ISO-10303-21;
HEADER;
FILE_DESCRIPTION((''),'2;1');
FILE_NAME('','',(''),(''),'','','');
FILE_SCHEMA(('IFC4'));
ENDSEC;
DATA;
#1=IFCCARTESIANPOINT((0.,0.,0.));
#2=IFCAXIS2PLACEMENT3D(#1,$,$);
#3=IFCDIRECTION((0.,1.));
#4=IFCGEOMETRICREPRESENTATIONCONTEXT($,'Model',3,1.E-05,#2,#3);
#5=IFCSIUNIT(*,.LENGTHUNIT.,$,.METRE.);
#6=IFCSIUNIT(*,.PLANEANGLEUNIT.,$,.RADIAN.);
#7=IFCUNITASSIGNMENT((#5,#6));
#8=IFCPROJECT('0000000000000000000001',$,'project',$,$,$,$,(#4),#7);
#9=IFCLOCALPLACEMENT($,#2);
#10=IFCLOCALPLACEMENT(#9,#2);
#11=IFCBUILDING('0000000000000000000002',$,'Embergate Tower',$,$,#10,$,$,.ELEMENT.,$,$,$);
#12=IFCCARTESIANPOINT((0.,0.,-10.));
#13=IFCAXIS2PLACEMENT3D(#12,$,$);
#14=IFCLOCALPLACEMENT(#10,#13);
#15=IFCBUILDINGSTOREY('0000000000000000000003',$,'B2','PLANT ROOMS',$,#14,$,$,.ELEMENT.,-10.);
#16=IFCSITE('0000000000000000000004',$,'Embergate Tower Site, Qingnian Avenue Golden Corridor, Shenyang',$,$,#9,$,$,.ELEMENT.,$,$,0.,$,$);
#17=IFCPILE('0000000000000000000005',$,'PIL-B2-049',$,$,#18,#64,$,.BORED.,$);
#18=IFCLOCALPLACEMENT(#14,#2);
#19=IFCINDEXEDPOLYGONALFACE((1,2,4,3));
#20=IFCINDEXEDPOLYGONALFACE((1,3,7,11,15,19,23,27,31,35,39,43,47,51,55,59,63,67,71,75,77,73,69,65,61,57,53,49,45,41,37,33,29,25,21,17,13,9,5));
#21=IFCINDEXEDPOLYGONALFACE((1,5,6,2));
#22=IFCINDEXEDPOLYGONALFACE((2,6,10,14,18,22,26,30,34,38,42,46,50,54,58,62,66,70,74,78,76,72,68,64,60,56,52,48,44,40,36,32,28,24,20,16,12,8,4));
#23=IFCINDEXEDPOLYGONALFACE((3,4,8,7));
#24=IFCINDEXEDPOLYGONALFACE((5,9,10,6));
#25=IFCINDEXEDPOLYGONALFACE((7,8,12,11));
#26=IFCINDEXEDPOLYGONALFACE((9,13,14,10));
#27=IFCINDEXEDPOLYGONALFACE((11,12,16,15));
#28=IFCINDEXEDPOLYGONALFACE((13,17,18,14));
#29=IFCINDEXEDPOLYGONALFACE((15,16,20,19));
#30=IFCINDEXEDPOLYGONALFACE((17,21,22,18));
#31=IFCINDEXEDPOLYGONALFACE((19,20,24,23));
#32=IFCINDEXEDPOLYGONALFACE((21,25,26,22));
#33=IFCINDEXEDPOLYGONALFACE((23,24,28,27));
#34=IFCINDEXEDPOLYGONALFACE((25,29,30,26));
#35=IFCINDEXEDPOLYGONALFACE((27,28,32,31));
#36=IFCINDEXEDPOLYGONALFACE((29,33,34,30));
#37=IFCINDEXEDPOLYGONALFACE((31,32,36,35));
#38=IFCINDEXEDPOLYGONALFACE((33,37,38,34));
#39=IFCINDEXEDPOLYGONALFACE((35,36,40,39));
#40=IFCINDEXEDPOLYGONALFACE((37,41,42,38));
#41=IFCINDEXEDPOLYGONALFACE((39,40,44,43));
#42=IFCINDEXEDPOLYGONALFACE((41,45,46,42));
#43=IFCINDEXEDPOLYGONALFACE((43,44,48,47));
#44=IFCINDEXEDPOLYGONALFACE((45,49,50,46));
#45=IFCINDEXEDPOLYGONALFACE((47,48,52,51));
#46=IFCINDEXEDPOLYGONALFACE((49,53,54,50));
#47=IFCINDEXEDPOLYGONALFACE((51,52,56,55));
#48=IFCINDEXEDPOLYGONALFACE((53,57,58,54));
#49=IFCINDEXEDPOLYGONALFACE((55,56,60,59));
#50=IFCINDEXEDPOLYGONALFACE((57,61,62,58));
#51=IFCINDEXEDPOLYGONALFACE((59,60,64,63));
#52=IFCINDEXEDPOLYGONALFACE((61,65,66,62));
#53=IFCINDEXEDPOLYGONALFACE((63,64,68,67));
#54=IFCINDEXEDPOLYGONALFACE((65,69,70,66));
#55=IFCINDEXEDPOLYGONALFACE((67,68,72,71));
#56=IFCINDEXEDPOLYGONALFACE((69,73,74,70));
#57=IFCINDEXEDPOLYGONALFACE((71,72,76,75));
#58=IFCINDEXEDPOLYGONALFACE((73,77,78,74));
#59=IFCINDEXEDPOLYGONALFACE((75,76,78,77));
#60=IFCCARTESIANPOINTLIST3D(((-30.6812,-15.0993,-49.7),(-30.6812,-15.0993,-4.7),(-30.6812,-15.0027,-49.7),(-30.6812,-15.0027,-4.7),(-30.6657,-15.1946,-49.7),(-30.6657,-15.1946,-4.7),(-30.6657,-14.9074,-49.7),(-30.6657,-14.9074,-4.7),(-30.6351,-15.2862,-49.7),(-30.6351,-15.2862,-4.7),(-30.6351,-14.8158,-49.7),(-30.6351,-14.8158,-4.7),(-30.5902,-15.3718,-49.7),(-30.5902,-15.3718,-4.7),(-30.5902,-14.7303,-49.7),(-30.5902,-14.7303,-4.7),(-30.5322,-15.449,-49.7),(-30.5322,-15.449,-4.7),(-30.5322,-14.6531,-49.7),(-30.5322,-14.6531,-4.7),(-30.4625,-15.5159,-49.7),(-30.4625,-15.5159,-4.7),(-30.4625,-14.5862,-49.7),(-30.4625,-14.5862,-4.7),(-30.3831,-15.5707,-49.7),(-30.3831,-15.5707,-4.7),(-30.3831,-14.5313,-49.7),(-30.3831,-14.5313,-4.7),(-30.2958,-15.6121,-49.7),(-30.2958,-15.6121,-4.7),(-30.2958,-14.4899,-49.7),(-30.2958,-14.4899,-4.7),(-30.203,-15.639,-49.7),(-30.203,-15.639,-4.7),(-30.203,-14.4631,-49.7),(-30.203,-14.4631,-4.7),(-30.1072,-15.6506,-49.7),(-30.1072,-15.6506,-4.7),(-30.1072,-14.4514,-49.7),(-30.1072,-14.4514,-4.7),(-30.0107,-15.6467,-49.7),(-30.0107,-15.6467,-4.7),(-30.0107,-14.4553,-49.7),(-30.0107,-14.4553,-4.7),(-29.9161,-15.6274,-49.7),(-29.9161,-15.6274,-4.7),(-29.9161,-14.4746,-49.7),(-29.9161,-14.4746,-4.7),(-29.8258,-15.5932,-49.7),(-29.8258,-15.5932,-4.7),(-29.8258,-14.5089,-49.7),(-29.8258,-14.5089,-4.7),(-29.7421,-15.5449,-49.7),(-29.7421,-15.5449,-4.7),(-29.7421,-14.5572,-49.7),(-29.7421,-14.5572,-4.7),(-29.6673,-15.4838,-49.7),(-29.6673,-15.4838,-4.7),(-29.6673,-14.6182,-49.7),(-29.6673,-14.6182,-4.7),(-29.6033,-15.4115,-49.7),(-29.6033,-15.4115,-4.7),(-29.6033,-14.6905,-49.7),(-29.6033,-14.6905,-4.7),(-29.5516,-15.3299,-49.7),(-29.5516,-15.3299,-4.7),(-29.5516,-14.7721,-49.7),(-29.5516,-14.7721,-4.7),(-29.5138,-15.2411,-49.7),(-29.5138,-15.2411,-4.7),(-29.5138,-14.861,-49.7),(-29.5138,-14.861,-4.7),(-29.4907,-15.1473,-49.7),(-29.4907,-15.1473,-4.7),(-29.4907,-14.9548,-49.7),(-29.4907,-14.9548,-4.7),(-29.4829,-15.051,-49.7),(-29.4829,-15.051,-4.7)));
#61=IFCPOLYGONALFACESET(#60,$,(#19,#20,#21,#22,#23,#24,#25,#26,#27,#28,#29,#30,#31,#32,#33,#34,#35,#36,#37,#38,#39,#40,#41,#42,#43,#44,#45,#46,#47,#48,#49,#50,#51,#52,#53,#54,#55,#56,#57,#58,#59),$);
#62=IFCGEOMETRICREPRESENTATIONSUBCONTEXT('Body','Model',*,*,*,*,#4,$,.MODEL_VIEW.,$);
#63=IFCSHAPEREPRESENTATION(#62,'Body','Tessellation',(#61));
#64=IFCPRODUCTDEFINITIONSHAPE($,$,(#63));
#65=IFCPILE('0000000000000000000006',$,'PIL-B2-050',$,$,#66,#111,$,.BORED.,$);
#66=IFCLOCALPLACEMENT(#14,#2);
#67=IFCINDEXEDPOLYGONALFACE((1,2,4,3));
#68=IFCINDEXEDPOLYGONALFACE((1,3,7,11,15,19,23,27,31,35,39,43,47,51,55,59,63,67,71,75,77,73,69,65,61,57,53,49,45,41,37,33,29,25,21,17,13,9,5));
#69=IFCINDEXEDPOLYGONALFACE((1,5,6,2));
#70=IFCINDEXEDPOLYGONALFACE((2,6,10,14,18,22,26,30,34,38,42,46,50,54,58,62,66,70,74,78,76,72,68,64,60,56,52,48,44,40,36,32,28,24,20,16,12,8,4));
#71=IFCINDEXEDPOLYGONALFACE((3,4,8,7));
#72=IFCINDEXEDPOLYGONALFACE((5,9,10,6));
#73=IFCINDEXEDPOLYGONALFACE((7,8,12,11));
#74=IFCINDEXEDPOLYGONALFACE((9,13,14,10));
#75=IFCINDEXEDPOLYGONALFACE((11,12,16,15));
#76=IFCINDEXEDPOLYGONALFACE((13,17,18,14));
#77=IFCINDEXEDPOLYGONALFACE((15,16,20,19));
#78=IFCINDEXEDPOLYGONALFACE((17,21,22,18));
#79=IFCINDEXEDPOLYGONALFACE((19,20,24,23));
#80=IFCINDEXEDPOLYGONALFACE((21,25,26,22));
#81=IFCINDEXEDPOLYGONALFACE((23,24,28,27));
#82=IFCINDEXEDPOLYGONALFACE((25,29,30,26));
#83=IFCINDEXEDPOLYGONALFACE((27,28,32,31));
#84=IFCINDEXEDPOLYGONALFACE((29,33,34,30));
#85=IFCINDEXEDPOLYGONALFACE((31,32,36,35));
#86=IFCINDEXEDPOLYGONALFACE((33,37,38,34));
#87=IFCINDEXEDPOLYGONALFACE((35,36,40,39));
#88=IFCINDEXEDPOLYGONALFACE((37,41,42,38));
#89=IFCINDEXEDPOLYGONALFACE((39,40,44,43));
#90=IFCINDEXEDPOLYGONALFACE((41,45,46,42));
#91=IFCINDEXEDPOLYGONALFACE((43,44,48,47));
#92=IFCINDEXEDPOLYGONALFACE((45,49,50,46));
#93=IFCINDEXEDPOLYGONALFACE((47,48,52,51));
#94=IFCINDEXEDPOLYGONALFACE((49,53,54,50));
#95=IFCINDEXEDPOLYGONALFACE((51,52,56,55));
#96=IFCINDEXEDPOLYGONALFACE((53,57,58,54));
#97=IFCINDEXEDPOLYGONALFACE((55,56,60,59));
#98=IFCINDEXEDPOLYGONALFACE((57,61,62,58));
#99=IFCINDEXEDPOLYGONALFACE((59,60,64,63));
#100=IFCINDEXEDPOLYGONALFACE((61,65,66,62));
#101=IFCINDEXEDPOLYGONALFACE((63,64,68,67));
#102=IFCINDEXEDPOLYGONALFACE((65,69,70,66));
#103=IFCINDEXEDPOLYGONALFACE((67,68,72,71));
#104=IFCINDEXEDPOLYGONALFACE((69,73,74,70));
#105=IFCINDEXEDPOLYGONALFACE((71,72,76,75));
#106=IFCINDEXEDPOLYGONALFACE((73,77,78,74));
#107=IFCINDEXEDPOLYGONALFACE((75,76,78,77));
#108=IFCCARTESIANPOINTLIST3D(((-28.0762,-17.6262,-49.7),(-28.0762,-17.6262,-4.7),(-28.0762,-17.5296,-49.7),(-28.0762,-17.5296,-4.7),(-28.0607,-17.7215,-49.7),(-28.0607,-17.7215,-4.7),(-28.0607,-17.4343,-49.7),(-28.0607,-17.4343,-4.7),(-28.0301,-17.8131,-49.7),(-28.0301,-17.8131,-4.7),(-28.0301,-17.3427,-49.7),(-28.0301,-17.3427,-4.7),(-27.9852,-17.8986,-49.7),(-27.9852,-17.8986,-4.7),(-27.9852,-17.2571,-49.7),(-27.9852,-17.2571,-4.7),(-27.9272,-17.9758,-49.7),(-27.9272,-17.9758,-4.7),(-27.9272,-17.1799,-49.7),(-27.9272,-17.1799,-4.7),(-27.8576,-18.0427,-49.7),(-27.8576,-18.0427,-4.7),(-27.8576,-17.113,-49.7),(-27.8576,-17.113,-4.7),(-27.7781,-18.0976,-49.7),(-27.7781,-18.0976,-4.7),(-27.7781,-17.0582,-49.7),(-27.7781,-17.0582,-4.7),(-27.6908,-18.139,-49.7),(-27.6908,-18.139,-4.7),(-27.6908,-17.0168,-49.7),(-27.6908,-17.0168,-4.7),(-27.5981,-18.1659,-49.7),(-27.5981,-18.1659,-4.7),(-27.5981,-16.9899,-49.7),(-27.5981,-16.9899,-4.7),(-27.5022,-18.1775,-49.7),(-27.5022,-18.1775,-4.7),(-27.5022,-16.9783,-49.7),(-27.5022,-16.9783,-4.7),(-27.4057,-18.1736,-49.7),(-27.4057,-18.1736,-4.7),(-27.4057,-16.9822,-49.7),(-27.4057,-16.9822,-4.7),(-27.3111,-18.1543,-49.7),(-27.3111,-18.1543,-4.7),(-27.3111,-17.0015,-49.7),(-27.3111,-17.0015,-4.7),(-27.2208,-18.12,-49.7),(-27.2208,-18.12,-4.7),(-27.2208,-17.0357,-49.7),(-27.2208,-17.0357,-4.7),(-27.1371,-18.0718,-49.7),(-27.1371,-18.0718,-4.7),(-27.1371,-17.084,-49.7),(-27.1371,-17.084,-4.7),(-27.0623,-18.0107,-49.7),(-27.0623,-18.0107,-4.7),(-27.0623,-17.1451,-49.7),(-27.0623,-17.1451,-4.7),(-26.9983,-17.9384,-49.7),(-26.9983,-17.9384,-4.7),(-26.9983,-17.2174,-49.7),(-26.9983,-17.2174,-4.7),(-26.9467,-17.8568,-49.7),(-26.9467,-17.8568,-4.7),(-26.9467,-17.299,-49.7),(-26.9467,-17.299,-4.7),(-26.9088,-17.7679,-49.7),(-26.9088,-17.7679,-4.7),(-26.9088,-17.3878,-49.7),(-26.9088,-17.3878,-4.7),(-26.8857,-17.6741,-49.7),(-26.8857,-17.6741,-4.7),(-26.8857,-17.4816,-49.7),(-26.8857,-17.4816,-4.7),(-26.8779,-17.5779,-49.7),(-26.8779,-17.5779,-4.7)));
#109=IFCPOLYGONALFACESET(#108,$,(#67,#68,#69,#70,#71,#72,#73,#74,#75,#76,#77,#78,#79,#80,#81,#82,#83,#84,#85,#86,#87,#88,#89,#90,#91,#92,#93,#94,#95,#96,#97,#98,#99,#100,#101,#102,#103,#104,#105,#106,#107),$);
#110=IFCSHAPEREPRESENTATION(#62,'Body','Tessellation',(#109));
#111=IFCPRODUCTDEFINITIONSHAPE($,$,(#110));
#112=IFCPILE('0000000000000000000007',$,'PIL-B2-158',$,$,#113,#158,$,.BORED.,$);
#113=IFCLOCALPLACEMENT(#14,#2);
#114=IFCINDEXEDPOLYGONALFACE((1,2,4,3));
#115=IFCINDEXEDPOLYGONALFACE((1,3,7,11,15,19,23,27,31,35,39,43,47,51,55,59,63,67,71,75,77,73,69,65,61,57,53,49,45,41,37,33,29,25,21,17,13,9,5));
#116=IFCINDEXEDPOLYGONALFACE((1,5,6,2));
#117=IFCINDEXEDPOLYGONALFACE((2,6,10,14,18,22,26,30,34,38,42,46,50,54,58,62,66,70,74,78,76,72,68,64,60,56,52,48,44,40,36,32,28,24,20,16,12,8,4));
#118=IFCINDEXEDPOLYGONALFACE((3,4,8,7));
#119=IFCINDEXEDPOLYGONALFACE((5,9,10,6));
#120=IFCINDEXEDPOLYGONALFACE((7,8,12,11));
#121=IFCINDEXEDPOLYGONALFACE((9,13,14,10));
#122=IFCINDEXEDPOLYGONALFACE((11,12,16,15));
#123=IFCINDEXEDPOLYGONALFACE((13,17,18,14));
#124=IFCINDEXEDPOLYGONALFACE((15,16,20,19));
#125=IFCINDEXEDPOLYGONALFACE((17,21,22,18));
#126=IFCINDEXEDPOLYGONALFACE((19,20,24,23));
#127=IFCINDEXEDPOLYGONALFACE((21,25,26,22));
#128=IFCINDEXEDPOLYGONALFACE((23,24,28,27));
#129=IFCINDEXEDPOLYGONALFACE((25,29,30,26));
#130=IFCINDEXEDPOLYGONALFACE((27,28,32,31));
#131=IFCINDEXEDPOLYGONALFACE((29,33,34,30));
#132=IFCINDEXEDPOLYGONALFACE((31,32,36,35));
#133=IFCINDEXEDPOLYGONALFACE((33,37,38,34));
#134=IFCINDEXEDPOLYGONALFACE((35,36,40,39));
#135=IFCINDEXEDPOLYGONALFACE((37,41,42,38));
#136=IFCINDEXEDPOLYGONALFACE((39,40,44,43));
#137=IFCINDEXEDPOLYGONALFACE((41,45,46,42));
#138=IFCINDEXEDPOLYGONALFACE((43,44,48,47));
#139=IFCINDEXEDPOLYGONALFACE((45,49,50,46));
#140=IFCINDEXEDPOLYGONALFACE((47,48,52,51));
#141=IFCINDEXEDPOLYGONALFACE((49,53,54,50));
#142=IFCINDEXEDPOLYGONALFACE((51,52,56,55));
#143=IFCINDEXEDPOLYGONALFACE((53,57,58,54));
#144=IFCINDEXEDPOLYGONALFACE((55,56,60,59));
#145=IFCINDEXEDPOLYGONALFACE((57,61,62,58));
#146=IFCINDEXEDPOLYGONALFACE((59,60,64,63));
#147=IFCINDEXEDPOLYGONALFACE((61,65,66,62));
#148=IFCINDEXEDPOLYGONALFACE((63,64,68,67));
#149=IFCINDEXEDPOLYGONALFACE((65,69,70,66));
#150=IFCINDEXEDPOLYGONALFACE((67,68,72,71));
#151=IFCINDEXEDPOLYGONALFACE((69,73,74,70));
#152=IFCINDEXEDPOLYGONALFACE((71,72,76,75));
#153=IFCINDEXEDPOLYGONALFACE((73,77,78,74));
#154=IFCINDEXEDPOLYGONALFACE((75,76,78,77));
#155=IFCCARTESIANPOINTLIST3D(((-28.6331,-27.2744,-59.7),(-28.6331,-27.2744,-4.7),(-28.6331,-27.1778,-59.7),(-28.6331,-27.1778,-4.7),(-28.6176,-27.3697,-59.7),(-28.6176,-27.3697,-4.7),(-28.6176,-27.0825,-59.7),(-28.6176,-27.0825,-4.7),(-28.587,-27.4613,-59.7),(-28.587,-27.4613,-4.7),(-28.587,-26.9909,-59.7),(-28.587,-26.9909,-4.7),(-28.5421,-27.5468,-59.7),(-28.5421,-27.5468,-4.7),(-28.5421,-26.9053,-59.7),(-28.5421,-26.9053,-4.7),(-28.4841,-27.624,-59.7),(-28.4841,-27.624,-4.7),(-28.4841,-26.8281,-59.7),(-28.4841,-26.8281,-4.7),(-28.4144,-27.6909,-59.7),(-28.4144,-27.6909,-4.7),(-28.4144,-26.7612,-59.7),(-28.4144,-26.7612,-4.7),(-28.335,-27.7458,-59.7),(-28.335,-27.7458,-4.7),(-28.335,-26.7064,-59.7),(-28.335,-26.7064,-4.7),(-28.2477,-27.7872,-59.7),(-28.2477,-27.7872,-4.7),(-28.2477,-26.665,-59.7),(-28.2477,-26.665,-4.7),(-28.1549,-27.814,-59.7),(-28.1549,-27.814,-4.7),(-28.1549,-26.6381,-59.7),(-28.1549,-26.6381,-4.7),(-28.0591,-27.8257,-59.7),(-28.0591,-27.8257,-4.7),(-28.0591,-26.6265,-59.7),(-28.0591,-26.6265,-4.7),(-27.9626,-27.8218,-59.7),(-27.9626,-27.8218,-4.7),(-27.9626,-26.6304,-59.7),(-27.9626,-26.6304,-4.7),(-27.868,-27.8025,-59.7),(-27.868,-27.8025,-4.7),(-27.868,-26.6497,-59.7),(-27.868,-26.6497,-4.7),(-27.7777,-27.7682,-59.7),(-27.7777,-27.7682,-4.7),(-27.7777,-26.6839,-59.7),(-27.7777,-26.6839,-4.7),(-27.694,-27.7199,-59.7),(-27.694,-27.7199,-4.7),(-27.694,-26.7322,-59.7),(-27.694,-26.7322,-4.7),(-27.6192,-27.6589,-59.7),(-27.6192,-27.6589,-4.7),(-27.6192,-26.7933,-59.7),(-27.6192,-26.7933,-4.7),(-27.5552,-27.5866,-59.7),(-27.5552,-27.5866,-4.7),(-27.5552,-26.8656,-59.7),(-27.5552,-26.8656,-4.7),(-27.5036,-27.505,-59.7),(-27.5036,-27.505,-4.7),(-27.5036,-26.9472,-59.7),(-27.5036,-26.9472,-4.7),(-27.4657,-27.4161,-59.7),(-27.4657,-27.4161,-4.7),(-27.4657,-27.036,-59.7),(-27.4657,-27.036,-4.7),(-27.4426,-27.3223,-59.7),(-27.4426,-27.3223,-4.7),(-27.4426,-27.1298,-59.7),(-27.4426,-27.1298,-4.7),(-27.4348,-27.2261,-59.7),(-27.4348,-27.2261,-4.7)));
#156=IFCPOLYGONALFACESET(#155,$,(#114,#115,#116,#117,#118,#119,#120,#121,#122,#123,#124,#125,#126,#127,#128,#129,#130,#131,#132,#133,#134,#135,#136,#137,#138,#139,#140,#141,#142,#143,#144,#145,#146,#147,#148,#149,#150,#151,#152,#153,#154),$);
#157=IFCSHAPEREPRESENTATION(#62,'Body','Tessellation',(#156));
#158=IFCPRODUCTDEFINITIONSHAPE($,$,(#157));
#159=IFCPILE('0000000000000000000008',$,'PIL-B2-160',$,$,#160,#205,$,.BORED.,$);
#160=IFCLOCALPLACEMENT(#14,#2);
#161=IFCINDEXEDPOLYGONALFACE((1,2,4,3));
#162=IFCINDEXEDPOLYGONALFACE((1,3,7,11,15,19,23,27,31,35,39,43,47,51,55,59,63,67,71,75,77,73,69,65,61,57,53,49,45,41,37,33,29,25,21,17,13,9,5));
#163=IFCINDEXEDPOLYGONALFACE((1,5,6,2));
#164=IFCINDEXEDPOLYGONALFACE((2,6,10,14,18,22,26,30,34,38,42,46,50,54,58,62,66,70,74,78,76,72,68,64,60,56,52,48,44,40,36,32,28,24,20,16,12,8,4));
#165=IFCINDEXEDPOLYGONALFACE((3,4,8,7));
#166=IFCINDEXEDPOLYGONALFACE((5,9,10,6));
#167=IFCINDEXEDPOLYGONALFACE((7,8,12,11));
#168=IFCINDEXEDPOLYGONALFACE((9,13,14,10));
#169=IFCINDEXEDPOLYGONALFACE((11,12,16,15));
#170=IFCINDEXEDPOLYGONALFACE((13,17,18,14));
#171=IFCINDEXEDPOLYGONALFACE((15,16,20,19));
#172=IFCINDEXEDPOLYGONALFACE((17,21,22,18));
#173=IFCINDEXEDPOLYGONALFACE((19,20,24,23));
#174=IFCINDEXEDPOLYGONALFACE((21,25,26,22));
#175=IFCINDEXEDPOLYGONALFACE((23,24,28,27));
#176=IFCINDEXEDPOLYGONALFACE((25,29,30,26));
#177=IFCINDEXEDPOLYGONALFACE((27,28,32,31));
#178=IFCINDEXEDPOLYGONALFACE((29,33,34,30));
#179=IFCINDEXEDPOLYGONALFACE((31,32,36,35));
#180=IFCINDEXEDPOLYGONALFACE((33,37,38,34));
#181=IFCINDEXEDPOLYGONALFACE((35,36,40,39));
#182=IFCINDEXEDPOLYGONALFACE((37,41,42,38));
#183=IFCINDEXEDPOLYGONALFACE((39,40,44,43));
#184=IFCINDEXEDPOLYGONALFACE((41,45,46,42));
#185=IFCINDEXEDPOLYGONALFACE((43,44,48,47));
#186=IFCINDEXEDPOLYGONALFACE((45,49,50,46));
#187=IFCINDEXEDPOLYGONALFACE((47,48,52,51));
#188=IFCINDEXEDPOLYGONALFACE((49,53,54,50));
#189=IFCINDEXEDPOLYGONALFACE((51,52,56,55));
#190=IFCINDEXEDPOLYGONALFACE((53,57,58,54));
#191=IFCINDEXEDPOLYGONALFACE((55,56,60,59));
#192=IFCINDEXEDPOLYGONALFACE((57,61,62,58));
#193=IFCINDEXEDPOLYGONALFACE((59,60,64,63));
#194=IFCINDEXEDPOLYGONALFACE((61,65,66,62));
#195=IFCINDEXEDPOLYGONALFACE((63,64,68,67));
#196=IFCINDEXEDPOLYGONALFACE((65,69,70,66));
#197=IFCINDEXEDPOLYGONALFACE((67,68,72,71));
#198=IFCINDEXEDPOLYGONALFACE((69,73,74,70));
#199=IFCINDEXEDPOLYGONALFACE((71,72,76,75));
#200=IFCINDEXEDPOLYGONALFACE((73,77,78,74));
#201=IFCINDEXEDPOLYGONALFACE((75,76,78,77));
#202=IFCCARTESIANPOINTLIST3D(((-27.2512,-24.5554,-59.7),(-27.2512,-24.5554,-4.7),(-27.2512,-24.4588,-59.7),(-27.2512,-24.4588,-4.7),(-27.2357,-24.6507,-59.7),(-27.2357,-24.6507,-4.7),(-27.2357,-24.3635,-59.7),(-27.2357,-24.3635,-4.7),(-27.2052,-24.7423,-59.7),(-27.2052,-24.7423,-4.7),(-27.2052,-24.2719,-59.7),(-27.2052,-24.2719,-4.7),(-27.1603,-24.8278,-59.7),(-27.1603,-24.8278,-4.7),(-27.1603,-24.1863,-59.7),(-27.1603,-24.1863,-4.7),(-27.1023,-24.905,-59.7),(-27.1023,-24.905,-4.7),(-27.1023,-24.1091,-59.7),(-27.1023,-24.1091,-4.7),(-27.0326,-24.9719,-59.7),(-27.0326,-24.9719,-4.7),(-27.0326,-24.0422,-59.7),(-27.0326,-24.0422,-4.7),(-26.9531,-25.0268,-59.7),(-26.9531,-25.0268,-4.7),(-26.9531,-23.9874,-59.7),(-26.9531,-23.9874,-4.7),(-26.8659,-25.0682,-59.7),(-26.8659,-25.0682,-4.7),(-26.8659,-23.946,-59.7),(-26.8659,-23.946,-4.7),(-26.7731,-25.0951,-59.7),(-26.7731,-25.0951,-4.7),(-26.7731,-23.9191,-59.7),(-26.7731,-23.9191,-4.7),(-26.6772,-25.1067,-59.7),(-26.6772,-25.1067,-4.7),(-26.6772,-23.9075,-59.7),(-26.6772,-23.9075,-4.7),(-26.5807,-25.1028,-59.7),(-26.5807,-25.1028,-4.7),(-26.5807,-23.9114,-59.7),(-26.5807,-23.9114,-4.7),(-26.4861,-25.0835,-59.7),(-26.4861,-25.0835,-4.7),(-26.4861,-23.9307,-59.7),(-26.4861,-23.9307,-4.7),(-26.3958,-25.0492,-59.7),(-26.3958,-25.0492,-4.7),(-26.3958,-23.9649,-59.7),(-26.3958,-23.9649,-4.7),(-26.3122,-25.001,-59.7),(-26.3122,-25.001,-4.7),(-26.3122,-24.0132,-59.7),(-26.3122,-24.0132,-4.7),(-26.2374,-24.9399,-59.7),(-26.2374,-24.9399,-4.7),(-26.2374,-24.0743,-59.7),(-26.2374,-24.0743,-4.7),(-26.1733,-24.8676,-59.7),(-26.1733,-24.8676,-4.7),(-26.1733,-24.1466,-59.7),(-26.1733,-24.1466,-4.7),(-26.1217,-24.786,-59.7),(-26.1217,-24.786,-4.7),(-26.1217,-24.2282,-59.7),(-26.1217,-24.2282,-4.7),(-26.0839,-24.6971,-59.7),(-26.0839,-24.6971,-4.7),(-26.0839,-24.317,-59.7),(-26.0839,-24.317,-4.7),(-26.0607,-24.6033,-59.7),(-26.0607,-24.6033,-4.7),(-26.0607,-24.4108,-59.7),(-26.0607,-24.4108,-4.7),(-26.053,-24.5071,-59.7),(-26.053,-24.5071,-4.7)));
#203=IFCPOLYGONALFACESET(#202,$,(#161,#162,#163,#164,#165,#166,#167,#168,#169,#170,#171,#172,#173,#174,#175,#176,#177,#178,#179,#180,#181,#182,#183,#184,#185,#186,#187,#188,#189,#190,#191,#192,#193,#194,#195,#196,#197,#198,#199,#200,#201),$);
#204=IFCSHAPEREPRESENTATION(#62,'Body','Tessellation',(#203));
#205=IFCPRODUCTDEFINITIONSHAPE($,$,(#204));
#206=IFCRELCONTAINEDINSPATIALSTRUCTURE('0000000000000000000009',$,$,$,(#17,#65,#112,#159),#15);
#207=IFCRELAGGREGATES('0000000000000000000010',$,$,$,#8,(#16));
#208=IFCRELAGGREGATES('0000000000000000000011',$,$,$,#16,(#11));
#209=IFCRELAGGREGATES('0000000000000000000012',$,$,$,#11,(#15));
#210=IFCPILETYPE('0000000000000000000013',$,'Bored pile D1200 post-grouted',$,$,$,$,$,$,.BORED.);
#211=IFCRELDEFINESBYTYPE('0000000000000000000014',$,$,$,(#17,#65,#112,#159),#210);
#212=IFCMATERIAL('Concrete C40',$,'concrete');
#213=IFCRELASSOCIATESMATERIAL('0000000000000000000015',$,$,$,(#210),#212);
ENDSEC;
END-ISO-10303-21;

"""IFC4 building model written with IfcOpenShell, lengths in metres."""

from ifc_helpers import new_model, si_unit, direction, frame, origin, origin_2d, place, context, subcontext, project, spatial, circle, extrude, source, transform, mapped, material, material_profile, profile_set, type_object, element, save


model = new_model("IFC4")

# Units and contexts
model_context = context("Model", 3, precision=1e-05, world=origin(), true_north=direction((0.0, 1.0)))
body_context = subcontext(model_context, "Body", "Model", "MODEL_VIEW")
ifc_project = project(units=[si_unit("LENGTHUNIT", "METRE"), si_unit("PLANEANGLEUNIT", "RADIAN")], contexts=[model_context])

# Site, building, storey
site_placement = place(None, origin())
site = spatial("IfcSite", under=ifc_project, at=site_placement, Name="Embergate Tower Site, Qingnian Avenue Golden Corridor, Shenyang", CompositionType="ELEMENT", RefElevation=0.0)
building_placement = place(site_placement, origin())
building = spatial("IfcBuilding", under=site, at=building_placement, Name="Embergate Tower", CompositionType="ELEMENT")
storey_placement = place(building_placement, frame((0.0, 0.0, -10.0)))
storey = spatial("IfcBuildingStorey", under=building, at=storey_placement, Name="B2", Description="PLANT ROOMS", CompositionType="ELEMENT", Elevation=-10.0)

# Piles
ifc_material_1 = material(Name="Concrete C40", Category="concrete")
ifc_material_profile_1 = material_profile(ifc_material_1, circle(Radius=0.6001, at=origin_2d()), Name="D1200")
ifc_profile_set_1 = profile_set([ifc_material_profile_1], Name="Concrete C40")
pile_type = type_object("IfcPileType", Name="Bored pile D1200 post-grouted", PredefinedType="BORED", material=ifc_profile_set_1)
shared_shape_1 = source(origin(), body_context, "Body", "SweptSolid", [
    extrude(circle(Radius=0.6001, at=origin_2d()), origin(), (0.0, 0.0, 1.0), 45.0),
])
for number, where, z_axis, x_axis, name in (
    (1, (-30.083, -15.051, -4.7), (0.0, 0.0, -1.0), (1.0, 0.0, 0.0), "PIL-B2-049"),
    (2, (-27.478, -17.5779, -4.7), (0.0, 0.0, -1.0), (1.0, 0.0, 0.0), "PIL-B2-050"),
):
    element("IfcPile", number, at=place(storey_placement, frame(where, z_axis=z_axis, x_axis=x_axis)), inside=storey, type_object=pile_type, Name=name, PredefinedType="BORED", context=body_context, shape_type="MappedRepresentation", body=[
        mapped(shared_shape_1, transform((0.0, 0.0, 0.0))),
    ])
shared_shape_2 = source(origin(), body_context, "Body", "SweptSolid", [
    extrude(circle(Radius=0.6001, at=origin_2d()), origin(), (0.0, 0.0, 1.0), 55.0),
])
for number, where, z_axis, x_axis, name in (
    (3, (-28.0349, -27.2261, -4.7), (0.0, 0.0, -1.0), (1.0, 0.0, 0.0), "PIL-B2-158"),
    (4, (-26.6531, -24.5071, -4.7), (0.0, 0.0, -1.0), (1.0, 0.0, 0.0), "PIL-B2-160"),
):
    element("IfcPile", number, at=place(storey_placement, frame(where, z_axis=z_axis, x_axis=x_axis)), inside=storey, type_object=pile_type, Name=name, PredefinedType="BORED", context=body_context, shape_type="MappedRepresentation", body=[
        mapped(shared_shape_2, transform((0.0, 0.0, 0.0))),
    ])

save(model, "model.ifc")
